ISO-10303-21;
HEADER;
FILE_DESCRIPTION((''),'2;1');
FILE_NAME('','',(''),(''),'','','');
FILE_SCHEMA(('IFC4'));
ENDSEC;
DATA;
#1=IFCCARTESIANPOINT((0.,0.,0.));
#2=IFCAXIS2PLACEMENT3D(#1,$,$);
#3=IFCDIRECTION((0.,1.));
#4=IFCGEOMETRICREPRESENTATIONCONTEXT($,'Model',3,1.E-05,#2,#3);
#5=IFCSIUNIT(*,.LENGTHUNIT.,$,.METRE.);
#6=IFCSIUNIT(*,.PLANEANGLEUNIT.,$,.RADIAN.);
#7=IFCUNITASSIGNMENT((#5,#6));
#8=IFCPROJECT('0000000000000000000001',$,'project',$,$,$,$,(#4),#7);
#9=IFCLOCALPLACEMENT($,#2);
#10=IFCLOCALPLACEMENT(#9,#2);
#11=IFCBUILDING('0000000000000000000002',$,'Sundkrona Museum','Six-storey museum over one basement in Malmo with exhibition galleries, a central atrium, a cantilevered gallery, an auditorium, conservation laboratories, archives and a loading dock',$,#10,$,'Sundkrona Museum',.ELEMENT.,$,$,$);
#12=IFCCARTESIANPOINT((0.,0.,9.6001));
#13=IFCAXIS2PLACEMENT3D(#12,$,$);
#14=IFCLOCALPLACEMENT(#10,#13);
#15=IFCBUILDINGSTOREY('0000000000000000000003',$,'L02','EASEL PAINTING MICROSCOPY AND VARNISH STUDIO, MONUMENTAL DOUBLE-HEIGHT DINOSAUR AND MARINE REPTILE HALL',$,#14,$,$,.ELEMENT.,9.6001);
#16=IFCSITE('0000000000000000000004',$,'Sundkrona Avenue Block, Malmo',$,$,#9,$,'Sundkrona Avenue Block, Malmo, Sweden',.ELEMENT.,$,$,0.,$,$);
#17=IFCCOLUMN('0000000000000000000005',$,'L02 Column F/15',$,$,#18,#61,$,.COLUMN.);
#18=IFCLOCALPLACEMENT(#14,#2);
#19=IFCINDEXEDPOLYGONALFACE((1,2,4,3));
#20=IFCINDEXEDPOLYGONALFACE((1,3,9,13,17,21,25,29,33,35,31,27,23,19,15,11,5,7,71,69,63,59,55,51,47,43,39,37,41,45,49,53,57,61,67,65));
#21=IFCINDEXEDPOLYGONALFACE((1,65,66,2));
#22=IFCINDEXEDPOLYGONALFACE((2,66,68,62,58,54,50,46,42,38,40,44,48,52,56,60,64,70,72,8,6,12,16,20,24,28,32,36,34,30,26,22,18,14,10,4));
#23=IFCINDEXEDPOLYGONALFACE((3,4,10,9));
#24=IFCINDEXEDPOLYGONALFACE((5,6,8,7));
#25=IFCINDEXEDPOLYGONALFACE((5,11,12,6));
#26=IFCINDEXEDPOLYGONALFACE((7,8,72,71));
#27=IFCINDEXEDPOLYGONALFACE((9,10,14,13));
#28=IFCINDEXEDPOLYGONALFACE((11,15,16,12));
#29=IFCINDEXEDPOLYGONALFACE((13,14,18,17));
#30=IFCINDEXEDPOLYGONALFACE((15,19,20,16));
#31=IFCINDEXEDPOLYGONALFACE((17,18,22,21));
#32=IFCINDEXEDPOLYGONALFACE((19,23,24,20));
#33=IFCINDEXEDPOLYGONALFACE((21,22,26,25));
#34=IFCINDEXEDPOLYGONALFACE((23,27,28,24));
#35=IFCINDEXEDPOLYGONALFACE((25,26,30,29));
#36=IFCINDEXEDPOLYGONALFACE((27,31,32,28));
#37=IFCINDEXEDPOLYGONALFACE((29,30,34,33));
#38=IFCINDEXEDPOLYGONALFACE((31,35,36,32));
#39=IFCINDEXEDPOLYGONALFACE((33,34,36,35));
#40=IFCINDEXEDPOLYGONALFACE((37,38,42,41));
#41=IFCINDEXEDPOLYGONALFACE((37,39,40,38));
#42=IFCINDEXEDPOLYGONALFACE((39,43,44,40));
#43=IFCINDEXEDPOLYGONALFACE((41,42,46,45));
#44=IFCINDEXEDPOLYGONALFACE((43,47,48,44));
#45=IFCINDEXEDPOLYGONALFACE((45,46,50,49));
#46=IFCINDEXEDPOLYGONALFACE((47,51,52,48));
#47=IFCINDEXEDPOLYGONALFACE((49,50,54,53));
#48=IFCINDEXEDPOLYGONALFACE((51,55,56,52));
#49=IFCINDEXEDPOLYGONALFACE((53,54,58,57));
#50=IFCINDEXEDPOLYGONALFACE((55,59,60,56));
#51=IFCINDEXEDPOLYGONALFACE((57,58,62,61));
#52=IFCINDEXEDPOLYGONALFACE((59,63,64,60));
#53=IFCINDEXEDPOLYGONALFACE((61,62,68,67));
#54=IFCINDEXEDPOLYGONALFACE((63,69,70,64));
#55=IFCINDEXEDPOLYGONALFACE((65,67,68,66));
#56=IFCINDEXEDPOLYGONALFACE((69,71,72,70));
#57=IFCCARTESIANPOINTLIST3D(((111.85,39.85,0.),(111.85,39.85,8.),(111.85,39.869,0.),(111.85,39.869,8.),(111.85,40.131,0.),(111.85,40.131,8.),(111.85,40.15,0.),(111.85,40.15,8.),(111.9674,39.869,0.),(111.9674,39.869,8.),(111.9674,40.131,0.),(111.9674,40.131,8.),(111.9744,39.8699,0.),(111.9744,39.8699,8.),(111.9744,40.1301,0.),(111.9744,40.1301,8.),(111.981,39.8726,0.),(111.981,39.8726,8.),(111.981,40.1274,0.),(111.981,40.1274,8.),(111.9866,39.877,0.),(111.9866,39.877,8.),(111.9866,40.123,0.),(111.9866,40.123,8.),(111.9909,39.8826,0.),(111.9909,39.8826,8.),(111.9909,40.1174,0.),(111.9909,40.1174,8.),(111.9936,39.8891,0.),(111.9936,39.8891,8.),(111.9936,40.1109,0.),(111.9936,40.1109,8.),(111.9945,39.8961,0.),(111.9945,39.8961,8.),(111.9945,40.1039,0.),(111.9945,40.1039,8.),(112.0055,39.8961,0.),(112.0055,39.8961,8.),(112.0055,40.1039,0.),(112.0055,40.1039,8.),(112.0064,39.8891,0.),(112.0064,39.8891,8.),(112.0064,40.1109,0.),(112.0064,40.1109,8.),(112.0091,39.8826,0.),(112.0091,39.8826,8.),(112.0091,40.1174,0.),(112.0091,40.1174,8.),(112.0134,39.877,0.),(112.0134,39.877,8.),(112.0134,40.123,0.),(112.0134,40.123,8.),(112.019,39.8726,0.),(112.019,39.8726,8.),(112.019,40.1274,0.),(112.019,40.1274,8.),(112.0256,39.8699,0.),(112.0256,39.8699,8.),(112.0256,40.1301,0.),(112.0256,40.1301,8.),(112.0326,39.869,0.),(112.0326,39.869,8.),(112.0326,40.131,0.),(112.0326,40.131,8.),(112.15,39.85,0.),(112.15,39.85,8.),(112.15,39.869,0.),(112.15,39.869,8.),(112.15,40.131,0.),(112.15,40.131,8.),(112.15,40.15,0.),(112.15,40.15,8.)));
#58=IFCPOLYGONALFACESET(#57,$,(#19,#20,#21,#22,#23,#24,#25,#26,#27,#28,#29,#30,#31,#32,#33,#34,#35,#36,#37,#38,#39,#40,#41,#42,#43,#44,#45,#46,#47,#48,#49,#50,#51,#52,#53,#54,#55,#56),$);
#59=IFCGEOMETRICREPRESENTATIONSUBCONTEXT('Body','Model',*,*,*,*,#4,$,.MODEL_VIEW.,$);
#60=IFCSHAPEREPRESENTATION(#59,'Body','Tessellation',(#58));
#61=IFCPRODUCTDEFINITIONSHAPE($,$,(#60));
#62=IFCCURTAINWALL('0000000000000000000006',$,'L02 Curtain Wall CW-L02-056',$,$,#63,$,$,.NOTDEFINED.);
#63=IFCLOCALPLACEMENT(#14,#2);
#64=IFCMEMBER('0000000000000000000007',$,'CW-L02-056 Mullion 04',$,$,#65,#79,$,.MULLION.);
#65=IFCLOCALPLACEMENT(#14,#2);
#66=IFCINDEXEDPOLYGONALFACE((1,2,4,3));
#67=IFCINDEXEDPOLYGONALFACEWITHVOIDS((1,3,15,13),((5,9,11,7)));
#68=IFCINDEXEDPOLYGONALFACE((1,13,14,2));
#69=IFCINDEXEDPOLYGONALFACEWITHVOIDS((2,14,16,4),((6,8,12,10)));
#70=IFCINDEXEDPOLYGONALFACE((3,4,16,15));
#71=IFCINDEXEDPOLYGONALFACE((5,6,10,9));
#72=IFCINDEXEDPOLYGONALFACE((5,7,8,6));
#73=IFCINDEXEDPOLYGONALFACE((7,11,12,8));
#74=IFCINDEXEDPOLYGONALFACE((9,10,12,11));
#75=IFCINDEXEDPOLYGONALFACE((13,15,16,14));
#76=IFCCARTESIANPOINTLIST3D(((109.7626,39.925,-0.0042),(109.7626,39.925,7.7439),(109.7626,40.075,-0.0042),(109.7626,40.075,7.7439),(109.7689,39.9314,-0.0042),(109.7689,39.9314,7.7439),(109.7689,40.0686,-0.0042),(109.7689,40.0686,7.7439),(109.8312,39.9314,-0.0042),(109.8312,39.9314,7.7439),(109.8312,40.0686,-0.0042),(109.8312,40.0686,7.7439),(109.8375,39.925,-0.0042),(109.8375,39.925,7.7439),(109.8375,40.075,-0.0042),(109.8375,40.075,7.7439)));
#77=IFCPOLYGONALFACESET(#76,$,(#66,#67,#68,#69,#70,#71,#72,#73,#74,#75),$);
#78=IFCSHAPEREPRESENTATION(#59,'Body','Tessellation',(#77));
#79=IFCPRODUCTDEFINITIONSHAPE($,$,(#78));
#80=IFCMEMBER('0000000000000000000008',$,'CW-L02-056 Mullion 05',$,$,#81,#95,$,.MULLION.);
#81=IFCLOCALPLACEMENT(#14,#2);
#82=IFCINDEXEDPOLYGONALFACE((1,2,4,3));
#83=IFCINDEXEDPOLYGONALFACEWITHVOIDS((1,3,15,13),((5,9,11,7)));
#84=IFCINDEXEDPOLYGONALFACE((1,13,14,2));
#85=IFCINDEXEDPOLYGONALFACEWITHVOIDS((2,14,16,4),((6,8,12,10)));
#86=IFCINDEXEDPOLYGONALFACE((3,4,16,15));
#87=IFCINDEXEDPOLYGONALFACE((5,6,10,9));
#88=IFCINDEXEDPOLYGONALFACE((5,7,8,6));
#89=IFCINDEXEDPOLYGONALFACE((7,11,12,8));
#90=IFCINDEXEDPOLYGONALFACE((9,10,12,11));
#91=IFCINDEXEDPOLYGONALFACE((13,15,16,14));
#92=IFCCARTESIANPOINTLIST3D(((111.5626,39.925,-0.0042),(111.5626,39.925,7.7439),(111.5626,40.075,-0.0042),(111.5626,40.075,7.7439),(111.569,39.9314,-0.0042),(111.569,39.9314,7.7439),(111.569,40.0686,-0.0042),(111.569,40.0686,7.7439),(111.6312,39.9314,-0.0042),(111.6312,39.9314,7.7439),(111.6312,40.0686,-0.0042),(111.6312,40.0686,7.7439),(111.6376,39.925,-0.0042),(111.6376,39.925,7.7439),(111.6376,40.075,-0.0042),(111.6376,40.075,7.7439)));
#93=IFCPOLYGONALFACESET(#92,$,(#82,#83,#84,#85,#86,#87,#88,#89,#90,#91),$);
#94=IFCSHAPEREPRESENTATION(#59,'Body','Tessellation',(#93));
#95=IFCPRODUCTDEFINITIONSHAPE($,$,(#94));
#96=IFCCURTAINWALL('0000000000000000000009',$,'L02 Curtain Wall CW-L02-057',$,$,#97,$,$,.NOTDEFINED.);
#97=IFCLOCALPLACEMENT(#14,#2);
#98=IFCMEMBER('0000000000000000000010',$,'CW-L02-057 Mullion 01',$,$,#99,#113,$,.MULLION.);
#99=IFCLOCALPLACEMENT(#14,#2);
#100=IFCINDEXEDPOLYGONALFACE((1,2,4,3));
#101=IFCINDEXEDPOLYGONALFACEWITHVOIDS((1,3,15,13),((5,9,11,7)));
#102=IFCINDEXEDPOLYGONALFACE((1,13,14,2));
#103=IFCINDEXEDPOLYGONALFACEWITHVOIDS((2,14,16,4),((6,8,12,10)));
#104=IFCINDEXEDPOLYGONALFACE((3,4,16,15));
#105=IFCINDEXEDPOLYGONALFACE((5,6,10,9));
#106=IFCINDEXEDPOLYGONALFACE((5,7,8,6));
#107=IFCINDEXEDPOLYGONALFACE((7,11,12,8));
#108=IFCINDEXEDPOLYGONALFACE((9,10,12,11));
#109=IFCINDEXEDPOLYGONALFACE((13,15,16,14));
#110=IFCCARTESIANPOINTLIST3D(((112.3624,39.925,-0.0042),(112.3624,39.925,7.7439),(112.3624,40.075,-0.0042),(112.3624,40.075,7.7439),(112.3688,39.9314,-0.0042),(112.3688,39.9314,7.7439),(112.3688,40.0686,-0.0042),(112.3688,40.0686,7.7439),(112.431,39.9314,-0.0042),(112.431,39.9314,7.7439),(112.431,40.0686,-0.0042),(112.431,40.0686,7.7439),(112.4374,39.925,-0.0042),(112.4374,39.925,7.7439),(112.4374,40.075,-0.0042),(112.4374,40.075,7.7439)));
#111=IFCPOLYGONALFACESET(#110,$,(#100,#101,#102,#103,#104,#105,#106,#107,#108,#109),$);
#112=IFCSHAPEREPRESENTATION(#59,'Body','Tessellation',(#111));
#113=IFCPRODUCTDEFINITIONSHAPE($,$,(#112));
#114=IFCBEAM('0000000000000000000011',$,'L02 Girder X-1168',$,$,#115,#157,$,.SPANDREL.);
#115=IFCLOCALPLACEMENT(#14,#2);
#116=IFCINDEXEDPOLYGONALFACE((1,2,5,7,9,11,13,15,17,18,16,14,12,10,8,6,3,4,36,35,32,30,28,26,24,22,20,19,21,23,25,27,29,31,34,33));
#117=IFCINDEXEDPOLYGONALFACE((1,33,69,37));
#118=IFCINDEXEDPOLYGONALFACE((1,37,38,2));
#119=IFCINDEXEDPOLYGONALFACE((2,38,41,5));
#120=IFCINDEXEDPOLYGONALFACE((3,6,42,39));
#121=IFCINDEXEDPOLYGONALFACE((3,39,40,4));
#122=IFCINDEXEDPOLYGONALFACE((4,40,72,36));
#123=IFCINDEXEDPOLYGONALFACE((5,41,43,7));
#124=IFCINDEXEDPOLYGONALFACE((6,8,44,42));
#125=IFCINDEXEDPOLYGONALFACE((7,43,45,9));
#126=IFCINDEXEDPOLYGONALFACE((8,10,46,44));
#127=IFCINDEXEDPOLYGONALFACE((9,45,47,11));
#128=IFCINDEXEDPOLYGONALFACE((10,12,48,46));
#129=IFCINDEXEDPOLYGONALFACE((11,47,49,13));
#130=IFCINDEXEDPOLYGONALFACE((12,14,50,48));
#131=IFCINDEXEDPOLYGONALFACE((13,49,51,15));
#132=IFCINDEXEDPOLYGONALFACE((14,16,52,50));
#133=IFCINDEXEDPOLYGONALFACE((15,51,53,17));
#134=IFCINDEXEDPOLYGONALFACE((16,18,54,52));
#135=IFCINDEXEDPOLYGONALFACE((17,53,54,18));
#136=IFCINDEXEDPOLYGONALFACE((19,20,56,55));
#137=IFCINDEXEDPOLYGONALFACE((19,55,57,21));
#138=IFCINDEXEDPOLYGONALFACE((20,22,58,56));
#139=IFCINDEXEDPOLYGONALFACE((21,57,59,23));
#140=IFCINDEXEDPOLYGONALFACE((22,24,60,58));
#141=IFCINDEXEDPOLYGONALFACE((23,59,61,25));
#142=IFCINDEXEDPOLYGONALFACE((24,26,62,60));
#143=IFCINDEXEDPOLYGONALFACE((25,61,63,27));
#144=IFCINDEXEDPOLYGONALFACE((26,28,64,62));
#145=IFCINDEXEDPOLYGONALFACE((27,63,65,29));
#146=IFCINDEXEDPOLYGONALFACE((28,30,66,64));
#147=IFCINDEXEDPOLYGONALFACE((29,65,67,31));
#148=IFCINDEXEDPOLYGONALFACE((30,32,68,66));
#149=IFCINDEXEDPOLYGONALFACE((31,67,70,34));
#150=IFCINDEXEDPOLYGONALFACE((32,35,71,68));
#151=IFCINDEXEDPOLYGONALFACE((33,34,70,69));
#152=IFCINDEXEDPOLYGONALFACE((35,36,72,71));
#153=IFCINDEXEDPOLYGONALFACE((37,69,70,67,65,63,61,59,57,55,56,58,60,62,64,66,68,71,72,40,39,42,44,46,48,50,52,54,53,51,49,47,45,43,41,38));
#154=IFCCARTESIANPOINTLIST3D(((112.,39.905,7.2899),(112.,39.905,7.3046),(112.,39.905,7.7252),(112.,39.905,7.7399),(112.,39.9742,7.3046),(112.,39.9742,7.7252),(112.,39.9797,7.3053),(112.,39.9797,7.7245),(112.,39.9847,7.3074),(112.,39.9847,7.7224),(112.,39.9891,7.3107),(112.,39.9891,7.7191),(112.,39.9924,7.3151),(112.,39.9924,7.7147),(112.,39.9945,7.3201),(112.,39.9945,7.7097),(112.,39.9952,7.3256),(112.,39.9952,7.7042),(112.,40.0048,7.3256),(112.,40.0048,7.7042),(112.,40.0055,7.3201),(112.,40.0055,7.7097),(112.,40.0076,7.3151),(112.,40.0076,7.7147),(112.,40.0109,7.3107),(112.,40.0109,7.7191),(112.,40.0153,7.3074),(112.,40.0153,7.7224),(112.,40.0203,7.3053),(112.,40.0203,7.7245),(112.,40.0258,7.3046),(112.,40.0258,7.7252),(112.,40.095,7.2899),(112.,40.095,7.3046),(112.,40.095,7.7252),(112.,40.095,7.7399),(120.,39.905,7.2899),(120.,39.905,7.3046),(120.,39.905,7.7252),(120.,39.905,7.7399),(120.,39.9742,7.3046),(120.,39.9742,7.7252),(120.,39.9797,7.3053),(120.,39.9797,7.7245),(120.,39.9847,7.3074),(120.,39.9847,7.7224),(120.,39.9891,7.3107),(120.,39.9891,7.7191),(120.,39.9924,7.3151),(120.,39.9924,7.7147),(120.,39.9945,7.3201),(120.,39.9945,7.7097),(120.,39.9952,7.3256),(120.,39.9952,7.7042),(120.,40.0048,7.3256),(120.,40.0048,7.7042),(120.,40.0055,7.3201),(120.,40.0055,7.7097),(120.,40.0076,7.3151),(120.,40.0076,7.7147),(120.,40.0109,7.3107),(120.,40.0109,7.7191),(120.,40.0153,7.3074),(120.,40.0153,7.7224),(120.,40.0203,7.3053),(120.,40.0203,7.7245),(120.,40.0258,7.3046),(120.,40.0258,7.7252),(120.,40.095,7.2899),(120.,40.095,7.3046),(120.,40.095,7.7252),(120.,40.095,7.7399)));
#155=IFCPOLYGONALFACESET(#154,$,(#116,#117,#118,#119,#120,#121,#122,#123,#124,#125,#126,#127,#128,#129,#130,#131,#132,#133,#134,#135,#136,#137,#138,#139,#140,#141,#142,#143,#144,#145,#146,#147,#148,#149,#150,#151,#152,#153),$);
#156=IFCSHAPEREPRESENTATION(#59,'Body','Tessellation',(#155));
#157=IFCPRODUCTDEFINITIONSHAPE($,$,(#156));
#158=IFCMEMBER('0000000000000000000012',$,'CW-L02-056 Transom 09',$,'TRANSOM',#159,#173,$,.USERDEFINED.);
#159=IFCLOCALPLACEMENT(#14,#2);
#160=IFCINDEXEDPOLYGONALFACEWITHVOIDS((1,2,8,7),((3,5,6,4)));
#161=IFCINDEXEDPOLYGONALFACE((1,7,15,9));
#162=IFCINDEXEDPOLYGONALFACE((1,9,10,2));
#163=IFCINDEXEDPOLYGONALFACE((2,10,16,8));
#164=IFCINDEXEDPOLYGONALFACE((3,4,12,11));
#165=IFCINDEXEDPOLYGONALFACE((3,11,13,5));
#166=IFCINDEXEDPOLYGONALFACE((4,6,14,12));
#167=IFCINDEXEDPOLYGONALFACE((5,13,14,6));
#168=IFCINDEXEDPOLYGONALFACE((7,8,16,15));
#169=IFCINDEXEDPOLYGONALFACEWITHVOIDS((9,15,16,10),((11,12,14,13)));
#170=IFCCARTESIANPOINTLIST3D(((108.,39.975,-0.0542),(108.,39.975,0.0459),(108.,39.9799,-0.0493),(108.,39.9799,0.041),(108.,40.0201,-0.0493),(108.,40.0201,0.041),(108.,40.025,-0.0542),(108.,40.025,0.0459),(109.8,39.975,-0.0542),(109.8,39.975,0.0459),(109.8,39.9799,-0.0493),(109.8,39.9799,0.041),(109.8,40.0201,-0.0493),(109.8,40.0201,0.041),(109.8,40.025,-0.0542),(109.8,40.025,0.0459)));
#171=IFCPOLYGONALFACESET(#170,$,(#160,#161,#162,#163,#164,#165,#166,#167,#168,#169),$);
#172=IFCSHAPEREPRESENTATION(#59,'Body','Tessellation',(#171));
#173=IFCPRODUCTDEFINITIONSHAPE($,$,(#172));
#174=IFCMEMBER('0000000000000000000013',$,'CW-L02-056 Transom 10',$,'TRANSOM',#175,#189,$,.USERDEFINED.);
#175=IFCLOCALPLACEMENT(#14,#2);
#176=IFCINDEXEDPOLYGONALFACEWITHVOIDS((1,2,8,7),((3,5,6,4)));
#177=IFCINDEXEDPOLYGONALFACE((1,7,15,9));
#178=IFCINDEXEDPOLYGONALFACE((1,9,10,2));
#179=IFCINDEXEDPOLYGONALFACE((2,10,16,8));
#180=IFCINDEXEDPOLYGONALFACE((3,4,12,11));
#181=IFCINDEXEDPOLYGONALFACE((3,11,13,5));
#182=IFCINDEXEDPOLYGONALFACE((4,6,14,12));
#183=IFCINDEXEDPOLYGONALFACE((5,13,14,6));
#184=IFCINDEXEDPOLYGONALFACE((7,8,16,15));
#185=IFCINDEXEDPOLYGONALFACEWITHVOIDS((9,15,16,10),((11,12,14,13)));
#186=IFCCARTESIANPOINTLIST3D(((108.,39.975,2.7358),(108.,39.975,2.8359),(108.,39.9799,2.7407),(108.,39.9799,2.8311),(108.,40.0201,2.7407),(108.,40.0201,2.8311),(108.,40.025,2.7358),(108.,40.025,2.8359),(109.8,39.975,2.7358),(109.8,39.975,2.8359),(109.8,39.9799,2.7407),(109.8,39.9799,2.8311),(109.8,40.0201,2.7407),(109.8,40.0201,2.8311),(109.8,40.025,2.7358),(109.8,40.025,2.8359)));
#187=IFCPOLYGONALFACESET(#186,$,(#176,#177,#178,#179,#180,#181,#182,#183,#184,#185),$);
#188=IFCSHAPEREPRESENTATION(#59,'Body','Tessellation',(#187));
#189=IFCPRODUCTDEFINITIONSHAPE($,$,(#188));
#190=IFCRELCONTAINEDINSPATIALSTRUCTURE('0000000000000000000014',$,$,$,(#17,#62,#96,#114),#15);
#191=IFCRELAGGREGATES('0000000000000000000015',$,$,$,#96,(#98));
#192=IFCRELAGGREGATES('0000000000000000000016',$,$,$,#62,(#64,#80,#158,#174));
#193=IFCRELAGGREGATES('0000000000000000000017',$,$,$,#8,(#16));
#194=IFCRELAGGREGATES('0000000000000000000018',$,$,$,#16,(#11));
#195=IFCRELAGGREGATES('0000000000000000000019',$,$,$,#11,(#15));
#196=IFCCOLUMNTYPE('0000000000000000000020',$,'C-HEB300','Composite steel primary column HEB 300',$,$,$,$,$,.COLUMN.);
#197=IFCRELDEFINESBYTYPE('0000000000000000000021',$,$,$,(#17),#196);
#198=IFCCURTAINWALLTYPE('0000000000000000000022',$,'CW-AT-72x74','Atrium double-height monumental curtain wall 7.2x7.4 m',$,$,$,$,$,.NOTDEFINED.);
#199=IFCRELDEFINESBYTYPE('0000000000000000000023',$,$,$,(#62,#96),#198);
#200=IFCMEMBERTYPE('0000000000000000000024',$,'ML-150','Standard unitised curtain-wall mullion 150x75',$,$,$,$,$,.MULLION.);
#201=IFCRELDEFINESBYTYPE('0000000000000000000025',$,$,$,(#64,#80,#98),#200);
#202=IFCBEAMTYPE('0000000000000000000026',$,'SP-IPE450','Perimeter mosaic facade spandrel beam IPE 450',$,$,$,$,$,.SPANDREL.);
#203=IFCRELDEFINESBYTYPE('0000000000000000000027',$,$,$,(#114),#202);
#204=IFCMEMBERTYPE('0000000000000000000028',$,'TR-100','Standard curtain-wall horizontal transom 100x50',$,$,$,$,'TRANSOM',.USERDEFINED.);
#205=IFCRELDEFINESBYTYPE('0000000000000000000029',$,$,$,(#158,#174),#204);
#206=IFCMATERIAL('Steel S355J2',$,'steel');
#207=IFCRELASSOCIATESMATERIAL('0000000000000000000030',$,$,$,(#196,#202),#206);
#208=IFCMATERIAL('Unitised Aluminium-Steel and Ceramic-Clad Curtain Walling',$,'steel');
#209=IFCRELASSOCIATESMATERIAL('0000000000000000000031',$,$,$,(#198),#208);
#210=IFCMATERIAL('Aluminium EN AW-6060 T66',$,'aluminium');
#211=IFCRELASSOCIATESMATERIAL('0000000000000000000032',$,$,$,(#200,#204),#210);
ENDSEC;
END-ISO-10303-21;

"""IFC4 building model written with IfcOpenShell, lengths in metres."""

from ifc_helpers import new_model, si_unit, direction, frame, origin, origin_2d, place, context, subcontext, project, spatial, hollow_rectangle, i_section, extrude, material, material_profile, profile_set, type_object, element, aggregate, save


model = new_model("IFC4")

# Units and contexts
model_context = context("Model", 3, precision=1e-05, world=origin(), true_north=direction((0.0, 1.0)))
body_context = subcontext(model_context, "Body", "Model", "MODEL_VIEW")
ifc_project = project(units=[si_unit("LENGTHUNIT", "METRE"), si_unit("PLANEANGLEUNIT", "RADIAN")], contexts=[model_context])

# Site, building, storey
site_placement = place(None, origin())
site = spatial("IfcSite", under=ifc_project, at=site_placement, Name="Sundkrona Avenue Block, Malmo", LongName="Sundkrona Avenue Block, Malmo, Sweden", CompositionType="ELEMENT", RefElevation=0.0)
building_placement = place(site_placement, origin())
building = spatial("IfcBuilding", under=site, at=building_placement, Name="Sundkrona Museum", Description="Six-storey museum over one basement in Malmo with exhibition galleries, a central atrium, a cantilevered gallery, an auditorium, conservation laboratories, archives and a loading dock", LongName="Sundkrona Museum", CompositionType="ELEMENT")
storey_placement = place(building_placement, frame((0.0, 0.0, 9.6001)))
storey = spatial("IfcBuildingStorey", under=building, at=storey_placement, Name="L02", Description="EASEL PAINTING MICROSCOPY AND VARNISH STUDIO, MONUMENTAL DOUBLE-HEIGHT DINOSAUR AND MARINE REPTILE HALL", CompositionType="ELEMENT", Elevation=9.6001)

# Column
ifc_material_1 = material(Name="Steel S355J2", Category="steel")
ifc_material_profile_1 = material_profile(ifc_material_1, i_section(OverallWidth=0.3, OverallDepth=0.3, WebThickness=0.011, FlangeThickness=0.019, FilletRadius=0.0271, at=origin_2d()), Name="HEB 300")
ifc_profile_set_1 = profile_set([ifc_material_profile_1], Name="Steel S355J2")
column_type = type_object("IfcColumnType", Name="C-HEB300", Description="Composite steel primary column HEB 300", PredefinedType="COLUMN", material=ifc_profile_set_1)
column_placement = place(storey_placement, frame((112.0, 40.0, 0.0), z_axis=(0.0, 0.0, 1.0), x_axis=(1.0, 0.0, 0.0)))
element("IfcColumn", 1, at=column_placement, inside=storey, type_object=column_type, Name="L02 Column F/15", PredefinedType="COLUMN", context=body_context, shape_type="SweptSolid", body=[
    extrude(i_section(OverallWidth=0.3, OverallDepth=0.3, WebThickness=0.011, FlangeThickness=0.019, FilletRadius=0.0271, at=origin_2d()), origin(), (0.0, 0.0, 1.0), 8.0),
])

# Curtain wall, members
ifc_material_2 = material(Name="Unitised Aluminium-Steel and Ceramic-Clad Curtain Walling", Category="steel")
curtain_wall_type = type_object("IfcCurtainWallType", Name="CW-AT-72x74", Description="Atrium double-height monumental curtain wall 7.2x7.4 m", PredefinedType="NOTDEFINED", material=ifc_material_2)
curtain_wall_1_placement = place(storey_placement, origin())
curtain_wall_1 = element("IfcCurtainWall", 2, at=curtain_wall_1_placement, inside=storey, type_object=curtain_wall_type, Name="L02 Curtain Wall CW-L02-056", PredefinedType="NOTDEFINED")
ifc_material_3 = material(Name="Aluminium EN AW-6060 T66", Category="aluminium")
ifc_material_profile_2 = material_profile(ifc_material_3, hollow_rectangle(XDim=0.075, YDim=0.1499, WallThickness=0.0063, at=origin_2d()), Name="RHS 150x75x6.3")
ifc_profile_set_2 = profile_set([ifc_material_profile_2], Name="Aluminium EN AW-6060 T66")
member_type_1 = type_object("IfcMemberType", Name="ML-150", Description="Standard unitised curtain-wall mullion 150x75", PredefinedType="MULLION", material=ifc_profile_set_2)
member_1_placement = place(storey_placement, frame((109.8, 40.0, -0.0042), z_axis=(0.0, 0.0, 1.0), x_axis=(1.0, 0.0, 0.0)))
member_1 = element("IfcMember", 3, at=member_1_placement, type_object=member_type_1, Name="CW-L02-056 Mullion 04", PredefinedType="MULLION", context=body_context, shape_type="SweptSolid", body=[
    extrude(hollow_rectangle(XDim=0.075, YDim=0.1499, WallThickness=0.0063, at=origin_2d()), origin(), (0.0, 0.0, 1.0), 7.748),
])
member_2_placement = place(storey_placement, frame((111.6001, 40.0, -0.0042), z_axis=(0.0, 0.0, 1.0), x_axis=(1.0, 0.0, 0.0)))
member_2 = element("IfcMember", 4, at=member_2_placement, type_object=member_type_1, Name="CW-L02-056 Mullion 05", PredefinedType="MULLION", context=body_context, shape_type="SweptSolid", body=[
    extrude(hollow_rectangle(XDim=0.075, YDim=0.1499, WallThickness=0.0063, at=origin_2d()), origin(), (0.0, 0.0, 1.0), 7.748),
])

# Curtain wall, member
curtain_wall_2_placement = place(storey_placement, origin())
curtain_wall_2 = element("IfcCurtainWall", 5, at=curtain_wall_2_placement, inside=storey, type_object=curtain_wall_type, Name="L02 Curtain Wall CW-L02-057", PredefinedType="NOTDEFINED")
member_3_placement = place(storey_placement, frame((112.3999, 40.0, -0.0042), z_axis=(0.0, 0.0, 1.0), x_axis=(1.0, 0.0, 0.0)))
member_3 = element("IfcMember", 6, at=member_3_placement, type_object=member_type_1, Name="CW-L02-057 Mullion 01", PredefinedType="MULLION", context=body_context, shape_type="SweptSolid", body=[
    extrude(hollow_rectangle(XDim=0.075, YDim=0.1499, WallThickness=0.0063, at=origin_2d()), origin(), (0.0, 0.0, 1.0), 7.748),
])

# Beam
ifc_material_profile_3 = material_profile(ifc_material_1, i_section(OverallWidth=0.1899, OverallDepth=0.45, WebThickness=0.0095, FlangeThickness=0.0146, FilletRadius=0.021, at=origin_2d()), Name="IPE 450")
ifc_profile_set_3 = profile_set([ifc_material_profile_3], Name="Steel S355J2")
beam_type = type_object("IfcBeamType", Name="SP-IPE450", Description="Perimeter mosaic facade spandrel beam IPE 450", PredefinedType="SPANDREL", material=ifc_profile_set_3)
beam_placement = place(storey_placement, frame((112.0, 40.0, 7.5149), z_axis=(1.0, 0.0, 0.0), x_axis=(0.0, 1.0, 0.0)))
element("IfcBeam", 7, at=beam_placement, inside=storey, type_object=beam_type, Name="L02 Girder X-1168", PredefinedType="SPANDREL", context=body_context, shape_type="SweptSolid", body=[
    extrude(i_section(OverallWidth=0.1899, OverallDepth=0.45, WebThickness=0.0095, FlangeThickness=0.0146, FilletRadius=0.021, at=origin_2d()), origin(), (0.0, 0.0, 1.0), 8.0),
])

# Members
ifc_material_profile_4 = material_profile(ifc_material_3, hollow_rectangle(XDim=0.05, YDim=0.1001, WallThickness=0.0049, at=origin_2d()), Name="RHS 100x50x5.0")
ifc_profile_set_4 = profile_set([ifc_material_profile_4], Name="Aluminium EN AW-6060 T66")
member_type_2 = type_object("IfcMemberType", Name="TR-100", Description="Standard curtain-wall horizontal transom 100x50", ElementType="TRANSOM", PredefinedType="USERDEFINED", material=ifc_profile_set_4)
member_4_placement = place(storey_placement, frame((108.0, 40.0, -0.0042), z_axis=(1.0, 0.0, 0.0), x_axis=(0.0, 1.0, 0.0)))
member_4 = element("IfcMember", 8, at=member_4_placement, type_object=member_type_2, Name="CW-L02-056 Transom 09", ObjectType="TRANSOM", PredefinedType="USERDEFINED", context=body_context, shape_type="SweptSolid", body=[
    extrude(hollow_rectangle(XDim=0.05, YDim=0.1001, WallThickness=0.0049, at=origin_2d()), origin(), (0.0, 0.0, 1.0), 1.8),
])
member_5_placement = place(storey_placement, frame((108.0, 40.0, 2.7859), z_axis=(1.0, 0.0, 0.0), x_axis=(0.0, 1.0, 0.0)))
member_5 = element("IfcMember", 9, at=member_5_placement, type_object=member_type_2, Name="CW-L02-056 Transom 10", ObjectType="TRANSOM", PredefinedType="USERDEFINED", context=body_context, shape_type="SweptSolid", body=[
    extrude(hollow_rectangle(XDim=0.05, YDim=0.1001, WallThickness=0.0049, at=origin_2d()), origin(), (0.0, 0.0, 1.0), 1.8),
])
aggregate(curtain_wall_2, [member_3])

aggregate(curtain_wall_1, [member_1, member_2, member_4, member_5])

save(model, "model.ifc")
